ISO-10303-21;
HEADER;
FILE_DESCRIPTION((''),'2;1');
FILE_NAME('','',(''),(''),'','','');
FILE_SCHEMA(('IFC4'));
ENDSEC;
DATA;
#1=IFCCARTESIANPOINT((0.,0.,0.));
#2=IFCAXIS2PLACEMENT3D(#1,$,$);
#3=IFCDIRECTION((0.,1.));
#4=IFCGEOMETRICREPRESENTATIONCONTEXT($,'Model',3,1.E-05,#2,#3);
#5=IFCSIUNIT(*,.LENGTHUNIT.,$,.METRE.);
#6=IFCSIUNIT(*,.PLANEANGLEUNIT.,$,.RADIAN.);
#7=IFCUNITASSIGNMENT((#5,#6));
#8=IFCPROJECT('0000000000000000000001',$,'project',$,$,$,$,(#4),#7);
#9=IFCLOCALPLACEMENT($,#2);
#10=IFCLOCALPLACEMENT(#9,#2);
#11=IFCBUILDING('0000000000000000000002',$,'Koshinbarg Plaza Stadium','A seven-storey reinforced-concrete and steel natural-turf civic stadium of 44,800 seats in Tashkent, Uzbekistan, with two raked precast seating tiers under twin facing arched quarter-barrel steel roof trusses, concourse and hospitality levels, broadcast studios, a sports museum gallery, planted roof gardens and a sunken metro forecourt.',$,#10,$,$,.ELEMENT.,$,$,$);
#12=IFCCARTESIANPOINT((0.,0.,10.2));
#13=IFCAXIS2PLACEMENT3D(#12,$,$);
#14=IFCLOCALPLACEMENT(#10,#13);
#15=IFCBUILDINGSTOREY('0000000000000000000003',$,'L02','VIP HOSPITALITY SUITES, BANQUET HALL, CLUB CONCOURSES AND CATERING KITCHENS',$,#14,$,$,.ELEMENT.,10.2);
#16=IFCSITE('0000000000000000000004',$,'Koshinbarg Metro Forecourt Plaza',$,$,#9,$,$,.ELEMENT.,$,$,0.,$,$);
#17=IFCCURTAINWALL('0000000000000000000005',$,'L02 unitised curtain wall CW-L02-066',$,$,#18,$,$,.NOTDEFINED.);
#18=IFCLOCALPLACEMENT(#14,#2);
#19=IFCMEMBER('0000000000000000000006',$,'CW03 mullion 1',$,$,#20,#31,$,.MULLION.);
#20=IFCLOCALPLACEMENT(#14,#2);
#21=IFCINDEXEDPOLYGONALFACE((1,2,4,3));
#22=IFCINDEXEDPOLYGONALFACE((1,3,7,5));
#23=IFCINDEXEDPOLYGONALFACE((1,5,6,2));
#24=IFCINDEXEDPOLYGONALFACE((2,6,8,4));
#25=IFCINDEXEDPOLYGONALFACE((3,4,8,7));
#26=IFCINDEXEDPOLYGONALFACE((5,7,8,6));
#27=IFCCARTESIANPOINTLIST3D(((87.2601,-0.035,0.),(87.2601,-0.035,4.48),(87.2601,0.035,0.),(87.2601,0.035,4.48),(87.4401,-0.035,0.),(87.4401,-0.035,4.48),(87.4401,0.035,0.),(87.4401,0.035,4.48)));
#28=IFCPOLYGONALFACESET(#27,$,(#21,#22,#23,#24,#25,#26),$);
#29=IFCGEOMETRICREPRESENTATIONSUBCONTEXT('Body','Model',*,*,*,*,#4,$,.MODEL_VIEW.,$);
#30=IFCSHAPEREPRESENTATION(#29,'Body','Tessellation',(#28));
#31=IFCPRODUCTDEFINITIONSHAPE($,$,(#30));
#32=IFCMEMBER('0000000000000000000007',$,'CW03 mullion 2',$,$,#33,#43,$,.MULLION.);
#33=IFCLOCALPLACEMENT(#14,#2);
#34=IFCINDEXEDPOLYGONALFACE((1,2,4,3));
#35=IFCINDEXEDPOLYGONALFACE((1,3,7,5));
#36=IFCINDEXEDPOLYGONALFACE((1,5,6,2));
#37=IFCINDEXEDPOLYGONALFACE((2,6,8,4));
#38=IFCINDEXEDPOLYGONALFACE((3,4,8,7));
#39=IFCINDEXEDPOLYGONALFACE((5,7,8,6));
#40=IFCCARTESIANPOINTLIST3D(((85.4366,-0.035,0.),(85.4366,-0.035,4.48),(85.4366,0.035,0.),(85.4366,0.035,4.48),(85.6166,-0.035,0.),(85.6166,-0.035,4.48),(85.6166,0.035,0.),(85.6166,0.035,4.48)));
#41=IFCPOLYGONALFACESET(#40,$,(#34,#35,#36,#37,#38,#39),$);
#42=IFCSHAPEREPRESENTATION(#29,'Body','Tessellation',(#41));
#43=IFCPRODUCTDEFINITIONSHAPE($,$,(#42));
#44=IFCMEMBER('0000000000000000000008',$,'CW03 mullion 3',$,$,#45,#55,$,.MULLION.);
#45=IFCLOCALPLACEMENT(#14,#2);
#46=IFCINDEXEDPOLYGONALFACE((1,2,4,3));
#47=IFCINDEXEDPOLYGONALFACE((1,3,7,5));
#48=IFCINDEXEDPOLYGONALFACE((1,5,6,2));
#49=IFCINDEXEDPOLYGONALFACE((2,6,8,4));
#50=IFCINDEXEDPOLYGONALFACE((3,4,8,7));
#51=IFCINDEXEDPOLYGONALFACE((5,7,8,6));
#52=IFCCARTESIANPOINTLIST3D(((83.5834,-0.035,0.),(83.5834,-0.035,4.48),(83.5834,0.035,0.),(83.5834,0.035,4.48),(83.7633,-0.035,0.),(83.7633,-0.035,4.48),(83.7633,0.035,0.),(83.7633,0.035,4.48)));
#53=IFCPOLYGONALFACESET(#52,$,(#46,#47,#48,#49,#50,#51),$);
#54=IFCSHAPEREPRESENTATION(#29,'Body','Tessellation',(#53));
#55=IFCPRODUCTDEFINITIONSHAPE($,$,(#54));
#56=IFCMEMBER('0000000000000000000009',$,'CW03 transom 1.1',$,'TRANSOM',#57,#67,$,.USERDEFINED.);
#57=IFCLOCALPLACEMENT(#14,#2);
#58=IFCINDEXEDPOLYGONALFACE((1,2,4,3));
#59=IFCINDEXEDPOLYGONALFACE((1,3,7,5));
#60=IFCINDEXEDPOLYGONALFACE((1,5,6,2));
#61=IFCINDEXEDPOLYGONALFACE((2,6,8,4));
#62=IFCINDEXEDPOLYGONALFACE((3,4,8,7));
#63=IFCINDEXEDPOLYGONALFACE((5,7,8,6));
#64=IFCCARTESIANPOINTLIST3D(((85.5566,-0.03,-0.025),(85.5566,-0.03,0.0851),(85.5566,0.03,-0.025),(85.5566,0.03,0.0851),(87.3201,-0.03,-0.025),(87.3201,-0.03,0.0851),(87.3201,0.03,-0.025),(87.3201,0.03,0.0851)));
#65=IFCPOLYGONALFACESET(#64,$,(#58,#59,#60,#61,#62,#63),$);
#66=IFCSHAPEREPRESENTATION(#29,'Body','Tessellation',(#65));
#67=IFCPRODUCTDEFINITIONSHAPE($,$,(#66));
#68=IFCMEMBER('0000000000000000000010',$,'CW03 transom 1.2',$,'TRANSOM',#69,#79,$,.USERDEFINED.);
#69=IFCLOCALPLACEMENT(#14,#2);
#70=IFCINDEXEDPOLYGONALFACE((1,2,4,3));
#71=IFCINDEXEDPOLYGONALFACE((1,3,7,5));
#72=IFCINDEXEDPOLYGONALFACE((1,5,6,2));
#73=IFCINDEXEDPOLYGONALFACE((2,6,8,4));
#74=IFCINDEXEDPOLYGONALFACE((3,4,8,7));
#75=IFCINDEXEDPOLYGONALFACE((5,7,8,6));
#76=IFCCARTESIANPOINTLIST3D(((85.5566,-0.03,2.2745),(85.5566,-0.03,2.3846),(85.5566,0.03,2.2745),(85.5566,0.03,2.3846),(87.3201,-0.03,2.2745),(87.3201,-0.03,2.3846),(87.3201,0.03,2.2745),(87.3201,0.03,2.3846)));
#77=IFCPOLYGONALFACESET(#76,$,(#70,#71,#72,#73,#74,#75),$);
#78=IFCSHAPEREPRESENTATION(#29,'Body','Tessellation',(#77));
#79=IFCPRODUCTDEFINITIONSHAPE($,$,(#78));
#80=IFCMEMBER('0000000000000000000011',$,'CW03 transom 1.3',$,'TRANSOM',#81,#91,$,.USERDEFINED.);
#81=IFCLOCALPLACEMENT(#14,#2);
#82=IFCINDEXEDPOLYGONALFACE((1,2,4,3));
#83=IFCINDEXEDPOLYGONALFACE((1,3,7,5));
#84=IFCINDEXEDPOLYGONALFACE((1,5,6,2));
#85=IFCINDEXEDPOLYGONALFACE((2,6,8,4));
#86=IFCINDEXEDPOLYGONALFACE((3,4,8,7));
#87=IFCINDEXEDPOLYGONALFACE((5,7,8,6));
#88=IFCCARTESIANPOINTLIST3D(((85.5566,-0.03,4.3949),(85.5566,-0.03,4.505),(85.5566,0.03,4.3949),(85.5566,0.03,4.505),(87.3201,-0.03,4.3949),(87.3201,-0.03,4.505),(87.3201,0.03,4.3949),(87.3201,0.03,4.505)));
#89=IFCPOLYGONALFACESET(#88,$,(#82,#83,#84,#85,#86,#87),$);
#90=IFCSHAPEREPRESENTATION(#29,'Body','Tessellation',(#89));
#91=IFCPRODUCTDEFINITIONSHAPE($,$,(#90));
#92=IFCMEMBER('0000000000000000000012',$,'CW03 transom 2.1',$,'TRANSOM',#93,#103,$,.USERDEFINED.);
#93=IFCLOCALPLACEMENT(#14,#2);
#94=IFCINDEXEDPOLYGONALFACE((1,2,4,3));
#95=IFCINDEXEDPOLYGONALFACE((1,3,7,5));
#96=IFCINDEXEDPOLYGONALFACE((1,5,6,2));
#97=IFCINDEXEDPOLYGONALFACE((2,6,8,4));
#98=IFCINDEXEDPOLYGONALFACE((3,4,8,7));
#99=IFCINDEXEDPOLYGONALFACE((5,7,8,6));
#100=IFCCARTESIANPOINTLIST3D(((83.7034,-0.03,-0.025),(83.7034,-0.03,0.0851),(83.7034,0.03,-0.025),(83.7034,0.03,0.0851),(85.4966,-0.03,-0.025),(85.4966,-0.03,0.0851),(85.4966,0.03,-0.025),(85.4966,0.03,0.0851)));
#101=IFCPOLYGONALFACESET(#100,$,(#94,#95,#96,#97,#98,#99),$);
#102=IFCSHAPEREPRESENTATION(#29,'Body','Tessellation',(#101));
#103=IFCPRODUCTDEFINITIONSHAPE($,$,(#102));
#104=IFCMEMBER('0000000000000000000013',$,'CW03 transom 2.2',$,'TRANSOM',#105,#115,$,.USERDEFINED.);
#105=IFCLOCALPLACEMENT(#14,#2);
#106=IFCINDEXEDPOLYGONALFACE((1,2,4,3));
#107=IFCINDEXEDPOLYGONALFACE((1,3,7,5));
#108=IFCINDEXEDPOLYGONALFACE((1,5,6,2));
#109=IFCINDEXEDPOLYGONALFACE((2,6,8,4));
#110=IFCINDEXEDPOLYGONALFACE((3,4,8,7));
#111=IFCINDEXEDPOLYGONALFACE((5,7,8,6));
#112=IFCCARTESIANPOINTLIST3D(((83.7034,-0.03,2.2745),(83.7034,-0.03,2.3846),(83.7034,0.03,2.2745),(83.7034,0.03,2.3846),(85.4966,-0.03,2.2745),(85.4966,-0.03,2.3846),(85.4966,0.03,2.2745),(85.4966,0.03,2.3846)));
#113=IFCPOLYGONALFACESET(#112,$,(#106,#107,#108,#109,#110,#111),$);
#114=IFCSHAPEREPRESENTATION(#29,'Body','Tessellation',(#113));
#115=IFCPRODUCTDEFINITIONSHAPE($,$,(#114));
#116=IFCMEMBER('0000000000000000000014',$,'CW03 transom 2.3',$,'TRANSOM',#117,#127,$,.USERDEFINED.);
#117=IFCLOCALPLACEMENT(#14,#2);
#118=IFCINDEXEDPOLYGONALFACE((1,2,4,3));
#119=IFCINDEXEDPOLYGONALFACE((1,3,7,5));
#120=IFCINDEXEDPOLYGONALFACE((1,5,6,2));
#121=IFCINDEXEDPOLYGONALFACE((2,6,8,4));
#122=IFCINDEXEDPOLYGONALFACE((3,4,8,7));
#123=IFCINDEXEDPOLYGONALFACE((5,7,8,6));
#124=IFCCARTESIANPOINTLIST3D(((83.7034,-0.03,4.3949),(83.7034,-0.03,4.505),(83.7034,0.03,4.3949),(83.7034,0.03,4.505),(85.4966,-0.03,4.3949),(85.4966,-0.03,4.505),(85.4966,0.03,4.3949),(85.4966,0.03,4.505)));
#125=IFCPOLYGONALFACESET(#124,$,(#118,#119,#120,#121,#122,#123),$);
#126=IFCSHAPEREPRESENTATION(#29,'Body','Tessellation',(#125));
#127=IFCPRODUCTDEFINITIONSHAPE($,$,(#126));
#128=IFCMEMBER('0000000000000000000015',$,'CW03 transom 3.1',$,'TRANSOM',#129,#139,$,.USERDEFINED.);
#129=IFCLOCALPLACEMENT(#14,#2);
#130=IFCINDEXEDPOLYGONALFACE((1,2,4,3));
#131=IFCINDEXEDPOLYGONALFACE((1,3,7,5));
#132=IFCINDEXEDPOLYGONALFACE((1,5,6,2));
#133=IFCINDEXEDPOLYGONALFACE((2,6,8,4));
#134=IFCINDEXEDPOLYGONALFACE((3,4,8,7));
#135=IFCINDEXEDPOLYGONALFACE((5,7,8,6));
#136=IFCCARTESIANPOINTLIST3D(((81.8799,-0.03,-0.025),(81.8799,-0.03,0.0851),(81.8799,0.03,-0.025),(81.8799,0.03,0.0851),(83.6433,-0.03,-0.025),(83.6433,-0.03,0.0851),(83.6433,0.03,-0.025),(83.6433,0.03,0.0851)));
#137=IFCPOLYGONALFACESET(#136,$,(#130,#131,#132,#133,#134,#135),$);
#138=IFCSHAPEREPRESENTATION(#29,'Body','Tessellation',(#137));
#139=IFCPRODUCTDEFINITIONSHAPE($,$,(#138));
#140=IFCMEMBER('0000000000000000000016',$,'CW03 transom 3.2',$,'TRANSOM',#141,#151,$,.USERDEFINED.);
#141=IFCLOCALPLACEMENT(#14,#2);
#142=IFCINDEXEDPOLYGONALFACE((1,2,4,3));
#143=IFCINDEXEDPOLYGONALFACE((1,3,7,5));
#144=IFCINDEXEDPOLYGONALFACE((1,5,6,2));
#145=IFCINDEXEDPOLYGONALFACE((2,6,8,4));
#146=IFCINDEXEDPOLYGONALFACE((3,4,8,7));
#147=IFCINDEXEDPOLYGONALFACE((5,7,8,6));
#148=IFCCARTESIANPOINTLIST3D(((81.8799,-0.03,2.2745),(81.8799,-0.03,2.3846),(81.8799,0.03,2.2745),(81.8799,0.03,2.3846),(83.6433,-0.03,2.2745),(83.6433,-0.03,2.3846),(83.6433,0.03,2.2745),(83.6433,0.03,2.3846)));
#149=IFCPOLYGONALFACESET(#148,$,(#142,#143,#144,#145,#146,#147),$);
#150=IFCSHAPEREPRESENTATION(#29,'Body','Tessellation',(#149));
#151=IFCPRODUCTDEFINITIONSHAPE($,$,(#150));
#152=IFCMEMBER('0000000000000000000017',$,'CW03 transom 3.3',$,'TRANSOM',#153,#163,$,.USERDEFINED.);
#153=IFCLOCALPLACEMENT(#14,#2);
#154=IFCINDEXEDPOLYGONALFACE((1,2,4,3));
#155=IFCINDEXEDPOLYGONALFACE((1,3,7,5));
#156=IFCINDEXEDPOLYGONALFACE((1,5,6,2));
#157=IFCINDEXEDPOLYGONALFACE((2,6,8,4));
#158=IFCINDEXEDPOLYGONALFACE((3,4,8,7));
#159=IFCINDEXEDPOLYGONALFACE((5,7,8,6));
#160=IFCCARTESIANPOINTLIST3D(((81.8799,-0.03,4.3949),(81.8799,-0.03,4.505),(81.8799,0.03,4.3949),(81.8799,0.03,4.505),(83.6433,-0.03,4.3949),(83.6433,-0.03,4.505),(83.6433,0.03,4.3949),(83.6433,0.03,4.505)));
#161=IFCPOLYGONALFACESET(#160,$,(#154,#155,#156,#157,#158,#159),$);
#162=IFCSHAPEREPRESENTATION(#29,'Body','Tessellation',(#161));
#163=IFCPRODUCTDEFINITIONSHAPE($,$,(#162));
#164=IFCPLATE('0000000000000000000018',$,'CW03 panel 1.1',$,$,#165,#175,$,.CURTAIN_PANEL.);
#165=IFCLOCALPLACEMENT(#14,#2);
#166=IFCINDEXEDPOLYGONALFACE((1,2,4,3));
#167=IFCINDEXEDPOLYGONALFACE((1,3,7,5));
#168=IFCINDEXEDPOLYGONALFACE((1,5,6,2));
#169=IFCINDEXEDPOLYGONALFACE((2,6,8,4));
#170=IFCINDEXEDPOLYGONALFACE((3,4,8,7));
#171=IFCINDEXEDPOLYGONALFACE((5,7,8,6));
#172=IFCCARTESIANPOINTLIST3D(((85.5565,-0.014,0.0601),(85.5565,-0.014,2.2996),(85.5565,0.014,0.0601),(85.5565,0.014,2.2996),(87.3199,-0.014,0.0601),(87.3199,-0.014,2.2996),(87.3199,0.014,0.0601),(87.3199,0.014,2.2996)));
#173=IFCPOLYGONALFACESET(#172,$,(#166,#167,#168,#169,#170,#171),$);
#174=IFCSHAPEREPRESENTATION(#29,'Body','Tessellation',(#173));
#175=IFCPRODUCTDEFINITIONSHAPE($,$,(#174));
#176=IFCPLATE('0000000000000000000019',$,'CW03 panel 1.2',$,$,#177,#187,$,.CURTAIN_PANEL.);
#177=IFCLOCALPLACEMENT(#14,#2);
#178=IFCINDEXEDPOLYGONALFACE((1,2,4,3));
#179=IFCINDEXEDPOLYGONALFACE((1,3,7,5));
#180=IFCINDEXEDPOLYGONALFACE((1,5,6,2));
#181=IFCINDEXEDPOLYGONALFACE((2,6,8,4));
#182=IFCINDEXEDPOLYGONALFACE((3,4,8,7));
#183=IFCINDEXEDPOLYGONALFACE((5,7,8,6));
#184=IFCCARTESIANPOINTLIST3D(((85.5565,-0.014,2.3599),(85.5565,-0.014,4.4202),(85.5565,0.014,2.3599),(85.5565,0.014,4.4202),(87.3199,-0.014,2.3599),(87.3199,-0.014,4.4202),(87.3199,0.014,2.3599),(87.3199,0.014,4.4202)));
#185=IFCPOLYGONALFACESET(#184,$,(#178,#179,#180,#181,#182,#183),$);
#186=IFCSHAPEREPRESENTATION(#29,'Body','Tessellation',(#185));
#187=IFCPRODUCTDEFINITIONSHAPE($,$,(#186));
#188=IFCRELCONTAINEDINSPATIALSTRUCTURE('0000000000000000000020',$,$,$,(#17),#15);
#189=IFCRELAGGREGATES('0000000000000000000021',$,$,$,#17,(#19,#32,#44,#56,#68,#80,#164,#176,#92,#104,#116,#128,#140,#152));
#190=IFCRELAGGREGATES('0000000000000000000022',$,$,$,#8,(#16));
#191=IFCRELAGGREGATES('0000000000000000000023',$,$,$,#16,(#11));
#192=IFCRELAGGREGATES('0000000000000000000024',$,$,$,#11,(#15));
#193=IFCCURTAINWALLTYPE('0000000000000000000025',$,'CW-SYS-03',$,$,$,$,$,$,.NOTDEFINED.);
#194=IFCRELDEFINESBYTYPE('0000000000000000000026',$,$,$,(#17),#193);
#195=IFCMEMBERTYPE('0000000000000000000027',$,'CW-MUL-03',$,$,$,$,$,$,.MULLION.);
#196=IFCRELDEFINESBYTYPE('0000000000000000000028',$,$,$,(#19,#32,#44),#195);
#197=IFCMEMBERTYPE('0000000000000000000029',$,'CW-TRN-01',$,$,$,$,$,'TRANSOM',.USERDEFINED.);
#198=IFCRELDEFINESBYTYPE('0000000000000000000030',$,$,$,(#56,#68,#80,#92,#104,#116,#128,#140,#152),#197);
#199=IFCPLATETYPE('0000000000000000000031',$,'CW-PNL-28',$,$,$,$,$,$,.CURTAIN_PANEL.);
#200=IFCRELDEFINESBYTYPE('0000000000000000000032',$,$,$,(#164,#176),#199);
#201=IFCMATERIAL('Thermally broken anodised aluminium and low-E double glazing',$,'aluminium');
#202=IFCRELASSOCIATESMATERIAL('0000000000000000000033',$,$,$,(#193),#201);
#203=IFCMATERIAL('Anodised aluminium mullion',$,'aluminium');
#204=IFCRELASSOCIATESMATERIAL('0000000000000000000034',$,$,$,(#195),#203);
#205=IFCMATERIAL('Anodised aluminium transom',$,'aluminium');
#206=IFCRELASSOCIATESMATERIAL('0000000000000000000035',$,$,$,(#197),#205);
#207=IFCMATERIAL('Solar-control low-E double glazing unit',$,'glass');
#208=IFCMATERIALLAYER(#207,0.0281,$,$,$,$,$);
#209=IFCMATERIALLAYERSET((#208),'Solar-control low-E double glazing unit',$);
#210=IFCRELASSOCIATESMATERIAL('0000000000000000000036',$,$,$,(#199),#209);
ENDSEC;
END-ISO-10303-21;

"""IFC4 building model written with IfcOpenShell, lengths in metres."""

from ifc_helpers import new_model, si_unit, direction, frame, origin, origin_2d, place, context, subcontext, project, spatial, rectangle, extrude, material, layer, layer_set, material_profile, profile_set, type_object, element, aggregate, save


model = new_model("IFC4")

# Units and contexts
model_context = context("Model", 3, precision=1e-05, world=origin(), true_north=direction((0.0, 1.0)))
body_context = subcontext(model_context, "Body", "Model", "MODEL_VIEW")
ifc_project = project(units=[si_unit("LENGTHUNIT", "METRE"), si_unit("PLANEANGLEUNIT", "RADIAN")], contexts=[model_context])

# Site, building, storey
site_placement = place(None, origin())
site = spatial("IfcSite", under=ifc_project, at=site_placement, Name="Koshinbarg Metro Forecourt Plaza", CompositionType="ELEMENT", RefElevation=0.0)
building_placement = place(site_placement, origin())
building = spatial("IfcBuilding", under=site, at=building_placement, Name="Koshinbarg Plaza Stadium", Description="A seven-storey reinforced-concrete and steel natural-turf civic stadium of 44,800 seats in Tashkent, Uzbekistan, with two raked precast seating tiers under twin facing arched quarter-barrel steel roof trusses, concourse and hospitality levels, broadcast studios, a sports museum gallery, planted roof gardens and a sunken metro forecourt.", CompositionType="ELEMENT")
storey_placement = place(building_placement, frame((0.0, 0.0, 10.2)))
storey = spatial("IfcBuildingStorey", under=building, at=storey_placement, Name="L02", Description="VIP HOSPITALITY SUITES, BANQUET HALL, CLUB CONCOURSES AND CATERING KITCHENS", CompositionType="ELEMENT", Elevation=10.2)

# Curtain wall, members, plates
ifc_material_1 = material(Name="Thermally broken anodised aluminium and low-E double glazing", Category="aluminium")
curtain_wall_type = type_object("IfcCurtainWallType", Name="CW-SYS-03", PredefinedType="NOTDEFINED", material=ifc_material_1)
curtain_wall_placement = place(storey_placement, origin())
curtain_wall = element("IfcCurtainWall", 1, at=curtain_wall_placement, inside=storey, type_object=curtain_wall_type, Name="L02 unitised curtain wall CW-L02-066", PredefinedType="NOTDEFINED")
ifc_material_2 = material(Name="Anodised aluminium mullion", Category="aluminium")
ifc_material_profile_1 = material_profile(ifc_material_2, rectangle(XDim=0.0701, YDim=0.1799, at=origin_2d()), Name="ALU 70x180")
ifc_profile_set_1 = profile_set([ifc_material_profile_1], Name="Anodised aluminium mullion")
member_type_1 = type_object("IfcMemberType", Name="CW-MUL-03", PredefinedType="MULLION", material=ifc_profile_set_1)
member_1_placement = place(storey_placement, frame((87.3501, 0.0, 0.0), z_axis=(0.0, 0.0, 1.0), x_axis=(0.0, -1.0, 0.0)))
member_1 = element("IfcMember", 2, at=member_1_placement, type_object=member_type_1, Name="CW03 mullion 1", PredefinedType="MULLION", context=body_context, shape_type="SweptSolid", body=[
    extrude(rectangle(XDim=0.0701, YDim=0.1799, at=origin_2d()), origin(), (0.0, 0.0, 1.0), 4.48),
])
member_2_placement = place(storey_placement, frame((85.5266, 0.0, 0.0), z_axis=(0.0, 0.0, 1.0), x_axis=(0.0, -1.0, 0.0)))
member_2 = element("IfcMember", 3, at=member_2_placement, type_object=member_type_1, Name="CW03 mullion 2", PredefinedType="MULLION", context=body_context, shape_type="SweptSolid", body=[
    extrude(rectangle(XDim=0.0701, YDim=0.1799, at=origin_2d()), origin(), (0.0, 0.0, 1.0), 4.48),
])
member_3_placement = place(storey_placement, frame((83.6733, 0.0, 0.0), z_axis=(0.0, 0.0, 1.0), x_axis=(0.0, -1.0, 0.0)))
member_3 = element("IfcMember", 4, at=member_3_placement, type_object=member_type_1, Name="CW03 mullion 3", PredefinedType="MULLION", context=body_context, shape_type="SweptSolid", body=[
    extrude(rectangle(XDim=0.0701, YDim=0.1799, at=origin_2d()), origin(), (0.0, 0.0, 1.0), 4.48),
])
ifc_material_3 = material(Name="Anodised aluminium transom", Category="aluminium")
ifc_material_profile_2 = material_profile(ifc_material_3, rectangle(XDim=0.0601, YDim=0.1101, at=origin_2d()), Name="ALU 60x110")
ifc_profile_set_2 = profile_set([ifc_material_profile_2], Name="Anodised aluminium transom")
member_type_2 = type_object("IfcMemberType", Name="CW-TRN-01", ElementType="TRANSOM", PredefinedType="USERDEFINED", material=ifc_profile_set_2)
member_4_placement = place(storey_placement, frame((87.3201, 0.0, 0.03), z_axis=(-1.0, 0.0, 0.0), x_axis=(0.0, -1.0, 0.0)))
member_4 = element("IfcMember", 5, at=member_4_placement, type_object=member_type_2, Name="CW03 transom 1.1", ObjectType="TRANSOM", PredefinedType="USERDEFINED", context=body_context, shape_type="SweptSolid", body=[
    extrude(rectangle(XDim=0.0601, YDim=0.1101, at=origin_2d()), origin(), (0.0, 0.0, 1.0), 1.7634),
])
member_5_placement = place(storey_placement, frame((87.3201, 0.0, 2.3296), z_axis=(-1.0, 0.0, 0.0), x_axis=(0.0, -1.0, 0.0)))
member_5 = element("IfcMember", 6, at=member_5_placement, type_object=member_type_2, Name="CW03 transom 1.2", ObjectType="TRANSOM", PredefinedType="USERDEFINED", context=body_context, shape_type="SweptSolid", body=[
    extrude(rectangle(XDim=0.0601, YDim=0.1101, at=origin_2d()), origin(), (0.0, 0.0, 1.0), 1.7634),
])
member_6_placement = place(storey_placement, frame((87.3201, 0.0, 4.45), z_axis=(-1.0, 0.0, 0.0), x_axis=(0.0, -1.0, 0.0)))
member_6 = element("IfcMember", 7, at=member_6_placement, type_object=member_type_2, Name="CW03 transom 1.3", ObjectType="TRANSOM", PredefinedType="USERDEFINED", context=body_context, shape_type="SweptSolid", body=[
    extrude(rectangle(XDim=0.0601, YDim=0.1101, at=origin_2d()), origin(), (0.0, 0.0, 1.0), 1.7634),
])
member_7_placement = place(storey_placement, frame((85.4966, 0.0, 0.03), z_axis=(-1.0, 0.0, 0.0), x_axis=(0.0, -1.0, 0.0)))
member_7 = element("IfcMember", 8, at=member_7_placement, type_object=member_type_2, Name="CW03 transom 2.1", ObjectType="TRANSOM", PredefinedType="USERDEFINED", context=body_context, shape_type="SweptSolid", body=[
    extrude(rectangle(XDim=0.0601, YDim=0.1101, at=origin_2d()), origin(), (0.0, 0.0, 1.0), 1.7932),
])
member_8_placement = place(storey_placement, frame((85.4966, 0.0, 2.3296), z_axis=(-1.0, 0.0, 0.0), x_axis=(0.0, -1.0, 0.0)))
member_8 = element("IfcMember", 9, at=member_8_placement, type_object=member_type_2, Name="CW03 transom 2.2", ObjectType="TRANSOM", PredefinedType="USERDEFINED", context=body_context, shape_type="SweptSolid", body=[
    extrude(rectangle(XDim=0.0601, YDim=0.1101, at=origin_2d()), origin(), (0.0, 0.0, 1.0), 1.7932),
])
member_9_placement = place(storey_placement, frame((85.4966, 0.0, 4.45), z_axis=(-1.0, 0.0, 0.0), x_axis=(0.0, -1.0, 0.0)))
member_9 = element("IfcMember", 10, at=member_9_placement, type_object=member_type_2, Name="CW03 transom 2.3", ObjectType="TRANSOM", PredefinedType="USERDEFINED", context=body_context, shape_type="SweptSolid", body=[
    extrude(rectangle(XDim=0.0601, YDim=0.1101, at=origin_2d()), origin(), (0.0, 0.0, 1.0), 1.7932),
])
member_10_placement = place(storey_placement, frame((83.6433, 0.0, 0.03), z_axis=(-1.0, 0.0, 0.0), x_axis=(0.0, -1.0, 0.0)))
member_10 = element("IfcMember", 11, at=member_10_placement, type_object=member_type_2, Name="CW03 transom 3.1", ObjectType="TRANSOM", PredefinedType="USERDEFINED", context=body_context, shape_type="SweptSolid", body=[
    extrude(rectangle(XDim=0.0601, YDim=0.1101, at=origin_2d()), origin(), (0.0, 0.0, 1.0), 1.7634),
])
member_11_placement = place(storey_placement, frame((83.6433, 0.0, 2.3296), z_axis=(-1.0, 0.0, 0.0), x_axis=(0.0, -1.0, 0.0)))
member_11 = element("IfcMember", 12, at=member_11_placement, type_object=member_type_2, Name="CW03 transom 3.2", ObjectType="TRANSOM", PredefinedType="USERDEFINED", context=body_context, shape_type="SweptSolid", body=[
    extrude(rectangle(XDim=0.0601, YDim=0.1101, at=origin_2d()), origin(), (0.0, 0.0, 1.0), 1.7634),
])
member_12_placement = place(storey_placement, frame((83.6433, 0.0, 4.45), z_axis=(-1.0, 0.0, 0.0), x_axis=(0.0, -1.0, 0.0)))
member_12 = element("IfcMember", 13, at=member_12_placement, type_object=member_type_2, Name="CW03 transom 3.3", ObjectType="TRANSOM", PredefinedType="USERDEFINED", context=body_context, shape_type="SweptSolid", body=[
    extrude(rectangle(XDim=0.0601, YDim=0.1101, at=origin_2d()), origin(), (0.0, 0.0, 1.0), 1.7634),
])
ifc_material_4 = material(Name="Solar-control low-E double glazing unit", Category="glass")
ifc_layer_1 = layer(ifc_material_4, 0.0281)
ifc_layer_set_1 = layer_set([ifc_layer_1], Name="Solar-control low-E double glazing unit")
plate_type = type_object("IfcPlateType", Name="CW-PNL-28", PredefinedType="CURTAIN_PANEL", material=ifc_layer_set_1)
plate_1_placement = place(storey_placement, frame((86.4382, 0.0, 0.0601), z_axis=(0.0, 0.0, 1.0), x_axis=(-1.0, 0.0, 0.0)))
plate_1 = element("IfcPlate", 14, at=plate_1_placement, type_object=plate_type, Name="CW03 panel 1.1", PredefinedType="CURTAIN_PANEL", context=body_context, shape_type="SweptSolid", body=[
    extrude(rectangle(XDim=1.7634, YDim=0.0281, at=origin_2d()), origin(), (0.0, 0.0, 1.0), 2.2395),
])
plate_2_placement = place(storey_placement, frame((86.4382, 0.0, 2.3599), z_axis=(0.0, 0.0, 1.0), x_axis=(-1.0, 0.0, 0.0)))
plate_2 = element("IfcPlate", 15, at=plate_2_placement, type_object=plate_type, Name="CW03 panel 1.2", PredefinedType="CURTAIN_PANEL", context=body_context, shape_type="SweptSolid", body=[
    extrude(rectangle(XDim=1.7634, YDim=0.0281, at=origin_2d()), origin(), (0.0, 0.0, 1.0), 2.0603),
])
aggregate(curtain_wall, [member_1, member_2, member_3, member_4, member_5, member_6, plate_1, plate_2, member_7, member_8, member_9, member_10, member_11, member_12])

save(model, "model.ifc")
